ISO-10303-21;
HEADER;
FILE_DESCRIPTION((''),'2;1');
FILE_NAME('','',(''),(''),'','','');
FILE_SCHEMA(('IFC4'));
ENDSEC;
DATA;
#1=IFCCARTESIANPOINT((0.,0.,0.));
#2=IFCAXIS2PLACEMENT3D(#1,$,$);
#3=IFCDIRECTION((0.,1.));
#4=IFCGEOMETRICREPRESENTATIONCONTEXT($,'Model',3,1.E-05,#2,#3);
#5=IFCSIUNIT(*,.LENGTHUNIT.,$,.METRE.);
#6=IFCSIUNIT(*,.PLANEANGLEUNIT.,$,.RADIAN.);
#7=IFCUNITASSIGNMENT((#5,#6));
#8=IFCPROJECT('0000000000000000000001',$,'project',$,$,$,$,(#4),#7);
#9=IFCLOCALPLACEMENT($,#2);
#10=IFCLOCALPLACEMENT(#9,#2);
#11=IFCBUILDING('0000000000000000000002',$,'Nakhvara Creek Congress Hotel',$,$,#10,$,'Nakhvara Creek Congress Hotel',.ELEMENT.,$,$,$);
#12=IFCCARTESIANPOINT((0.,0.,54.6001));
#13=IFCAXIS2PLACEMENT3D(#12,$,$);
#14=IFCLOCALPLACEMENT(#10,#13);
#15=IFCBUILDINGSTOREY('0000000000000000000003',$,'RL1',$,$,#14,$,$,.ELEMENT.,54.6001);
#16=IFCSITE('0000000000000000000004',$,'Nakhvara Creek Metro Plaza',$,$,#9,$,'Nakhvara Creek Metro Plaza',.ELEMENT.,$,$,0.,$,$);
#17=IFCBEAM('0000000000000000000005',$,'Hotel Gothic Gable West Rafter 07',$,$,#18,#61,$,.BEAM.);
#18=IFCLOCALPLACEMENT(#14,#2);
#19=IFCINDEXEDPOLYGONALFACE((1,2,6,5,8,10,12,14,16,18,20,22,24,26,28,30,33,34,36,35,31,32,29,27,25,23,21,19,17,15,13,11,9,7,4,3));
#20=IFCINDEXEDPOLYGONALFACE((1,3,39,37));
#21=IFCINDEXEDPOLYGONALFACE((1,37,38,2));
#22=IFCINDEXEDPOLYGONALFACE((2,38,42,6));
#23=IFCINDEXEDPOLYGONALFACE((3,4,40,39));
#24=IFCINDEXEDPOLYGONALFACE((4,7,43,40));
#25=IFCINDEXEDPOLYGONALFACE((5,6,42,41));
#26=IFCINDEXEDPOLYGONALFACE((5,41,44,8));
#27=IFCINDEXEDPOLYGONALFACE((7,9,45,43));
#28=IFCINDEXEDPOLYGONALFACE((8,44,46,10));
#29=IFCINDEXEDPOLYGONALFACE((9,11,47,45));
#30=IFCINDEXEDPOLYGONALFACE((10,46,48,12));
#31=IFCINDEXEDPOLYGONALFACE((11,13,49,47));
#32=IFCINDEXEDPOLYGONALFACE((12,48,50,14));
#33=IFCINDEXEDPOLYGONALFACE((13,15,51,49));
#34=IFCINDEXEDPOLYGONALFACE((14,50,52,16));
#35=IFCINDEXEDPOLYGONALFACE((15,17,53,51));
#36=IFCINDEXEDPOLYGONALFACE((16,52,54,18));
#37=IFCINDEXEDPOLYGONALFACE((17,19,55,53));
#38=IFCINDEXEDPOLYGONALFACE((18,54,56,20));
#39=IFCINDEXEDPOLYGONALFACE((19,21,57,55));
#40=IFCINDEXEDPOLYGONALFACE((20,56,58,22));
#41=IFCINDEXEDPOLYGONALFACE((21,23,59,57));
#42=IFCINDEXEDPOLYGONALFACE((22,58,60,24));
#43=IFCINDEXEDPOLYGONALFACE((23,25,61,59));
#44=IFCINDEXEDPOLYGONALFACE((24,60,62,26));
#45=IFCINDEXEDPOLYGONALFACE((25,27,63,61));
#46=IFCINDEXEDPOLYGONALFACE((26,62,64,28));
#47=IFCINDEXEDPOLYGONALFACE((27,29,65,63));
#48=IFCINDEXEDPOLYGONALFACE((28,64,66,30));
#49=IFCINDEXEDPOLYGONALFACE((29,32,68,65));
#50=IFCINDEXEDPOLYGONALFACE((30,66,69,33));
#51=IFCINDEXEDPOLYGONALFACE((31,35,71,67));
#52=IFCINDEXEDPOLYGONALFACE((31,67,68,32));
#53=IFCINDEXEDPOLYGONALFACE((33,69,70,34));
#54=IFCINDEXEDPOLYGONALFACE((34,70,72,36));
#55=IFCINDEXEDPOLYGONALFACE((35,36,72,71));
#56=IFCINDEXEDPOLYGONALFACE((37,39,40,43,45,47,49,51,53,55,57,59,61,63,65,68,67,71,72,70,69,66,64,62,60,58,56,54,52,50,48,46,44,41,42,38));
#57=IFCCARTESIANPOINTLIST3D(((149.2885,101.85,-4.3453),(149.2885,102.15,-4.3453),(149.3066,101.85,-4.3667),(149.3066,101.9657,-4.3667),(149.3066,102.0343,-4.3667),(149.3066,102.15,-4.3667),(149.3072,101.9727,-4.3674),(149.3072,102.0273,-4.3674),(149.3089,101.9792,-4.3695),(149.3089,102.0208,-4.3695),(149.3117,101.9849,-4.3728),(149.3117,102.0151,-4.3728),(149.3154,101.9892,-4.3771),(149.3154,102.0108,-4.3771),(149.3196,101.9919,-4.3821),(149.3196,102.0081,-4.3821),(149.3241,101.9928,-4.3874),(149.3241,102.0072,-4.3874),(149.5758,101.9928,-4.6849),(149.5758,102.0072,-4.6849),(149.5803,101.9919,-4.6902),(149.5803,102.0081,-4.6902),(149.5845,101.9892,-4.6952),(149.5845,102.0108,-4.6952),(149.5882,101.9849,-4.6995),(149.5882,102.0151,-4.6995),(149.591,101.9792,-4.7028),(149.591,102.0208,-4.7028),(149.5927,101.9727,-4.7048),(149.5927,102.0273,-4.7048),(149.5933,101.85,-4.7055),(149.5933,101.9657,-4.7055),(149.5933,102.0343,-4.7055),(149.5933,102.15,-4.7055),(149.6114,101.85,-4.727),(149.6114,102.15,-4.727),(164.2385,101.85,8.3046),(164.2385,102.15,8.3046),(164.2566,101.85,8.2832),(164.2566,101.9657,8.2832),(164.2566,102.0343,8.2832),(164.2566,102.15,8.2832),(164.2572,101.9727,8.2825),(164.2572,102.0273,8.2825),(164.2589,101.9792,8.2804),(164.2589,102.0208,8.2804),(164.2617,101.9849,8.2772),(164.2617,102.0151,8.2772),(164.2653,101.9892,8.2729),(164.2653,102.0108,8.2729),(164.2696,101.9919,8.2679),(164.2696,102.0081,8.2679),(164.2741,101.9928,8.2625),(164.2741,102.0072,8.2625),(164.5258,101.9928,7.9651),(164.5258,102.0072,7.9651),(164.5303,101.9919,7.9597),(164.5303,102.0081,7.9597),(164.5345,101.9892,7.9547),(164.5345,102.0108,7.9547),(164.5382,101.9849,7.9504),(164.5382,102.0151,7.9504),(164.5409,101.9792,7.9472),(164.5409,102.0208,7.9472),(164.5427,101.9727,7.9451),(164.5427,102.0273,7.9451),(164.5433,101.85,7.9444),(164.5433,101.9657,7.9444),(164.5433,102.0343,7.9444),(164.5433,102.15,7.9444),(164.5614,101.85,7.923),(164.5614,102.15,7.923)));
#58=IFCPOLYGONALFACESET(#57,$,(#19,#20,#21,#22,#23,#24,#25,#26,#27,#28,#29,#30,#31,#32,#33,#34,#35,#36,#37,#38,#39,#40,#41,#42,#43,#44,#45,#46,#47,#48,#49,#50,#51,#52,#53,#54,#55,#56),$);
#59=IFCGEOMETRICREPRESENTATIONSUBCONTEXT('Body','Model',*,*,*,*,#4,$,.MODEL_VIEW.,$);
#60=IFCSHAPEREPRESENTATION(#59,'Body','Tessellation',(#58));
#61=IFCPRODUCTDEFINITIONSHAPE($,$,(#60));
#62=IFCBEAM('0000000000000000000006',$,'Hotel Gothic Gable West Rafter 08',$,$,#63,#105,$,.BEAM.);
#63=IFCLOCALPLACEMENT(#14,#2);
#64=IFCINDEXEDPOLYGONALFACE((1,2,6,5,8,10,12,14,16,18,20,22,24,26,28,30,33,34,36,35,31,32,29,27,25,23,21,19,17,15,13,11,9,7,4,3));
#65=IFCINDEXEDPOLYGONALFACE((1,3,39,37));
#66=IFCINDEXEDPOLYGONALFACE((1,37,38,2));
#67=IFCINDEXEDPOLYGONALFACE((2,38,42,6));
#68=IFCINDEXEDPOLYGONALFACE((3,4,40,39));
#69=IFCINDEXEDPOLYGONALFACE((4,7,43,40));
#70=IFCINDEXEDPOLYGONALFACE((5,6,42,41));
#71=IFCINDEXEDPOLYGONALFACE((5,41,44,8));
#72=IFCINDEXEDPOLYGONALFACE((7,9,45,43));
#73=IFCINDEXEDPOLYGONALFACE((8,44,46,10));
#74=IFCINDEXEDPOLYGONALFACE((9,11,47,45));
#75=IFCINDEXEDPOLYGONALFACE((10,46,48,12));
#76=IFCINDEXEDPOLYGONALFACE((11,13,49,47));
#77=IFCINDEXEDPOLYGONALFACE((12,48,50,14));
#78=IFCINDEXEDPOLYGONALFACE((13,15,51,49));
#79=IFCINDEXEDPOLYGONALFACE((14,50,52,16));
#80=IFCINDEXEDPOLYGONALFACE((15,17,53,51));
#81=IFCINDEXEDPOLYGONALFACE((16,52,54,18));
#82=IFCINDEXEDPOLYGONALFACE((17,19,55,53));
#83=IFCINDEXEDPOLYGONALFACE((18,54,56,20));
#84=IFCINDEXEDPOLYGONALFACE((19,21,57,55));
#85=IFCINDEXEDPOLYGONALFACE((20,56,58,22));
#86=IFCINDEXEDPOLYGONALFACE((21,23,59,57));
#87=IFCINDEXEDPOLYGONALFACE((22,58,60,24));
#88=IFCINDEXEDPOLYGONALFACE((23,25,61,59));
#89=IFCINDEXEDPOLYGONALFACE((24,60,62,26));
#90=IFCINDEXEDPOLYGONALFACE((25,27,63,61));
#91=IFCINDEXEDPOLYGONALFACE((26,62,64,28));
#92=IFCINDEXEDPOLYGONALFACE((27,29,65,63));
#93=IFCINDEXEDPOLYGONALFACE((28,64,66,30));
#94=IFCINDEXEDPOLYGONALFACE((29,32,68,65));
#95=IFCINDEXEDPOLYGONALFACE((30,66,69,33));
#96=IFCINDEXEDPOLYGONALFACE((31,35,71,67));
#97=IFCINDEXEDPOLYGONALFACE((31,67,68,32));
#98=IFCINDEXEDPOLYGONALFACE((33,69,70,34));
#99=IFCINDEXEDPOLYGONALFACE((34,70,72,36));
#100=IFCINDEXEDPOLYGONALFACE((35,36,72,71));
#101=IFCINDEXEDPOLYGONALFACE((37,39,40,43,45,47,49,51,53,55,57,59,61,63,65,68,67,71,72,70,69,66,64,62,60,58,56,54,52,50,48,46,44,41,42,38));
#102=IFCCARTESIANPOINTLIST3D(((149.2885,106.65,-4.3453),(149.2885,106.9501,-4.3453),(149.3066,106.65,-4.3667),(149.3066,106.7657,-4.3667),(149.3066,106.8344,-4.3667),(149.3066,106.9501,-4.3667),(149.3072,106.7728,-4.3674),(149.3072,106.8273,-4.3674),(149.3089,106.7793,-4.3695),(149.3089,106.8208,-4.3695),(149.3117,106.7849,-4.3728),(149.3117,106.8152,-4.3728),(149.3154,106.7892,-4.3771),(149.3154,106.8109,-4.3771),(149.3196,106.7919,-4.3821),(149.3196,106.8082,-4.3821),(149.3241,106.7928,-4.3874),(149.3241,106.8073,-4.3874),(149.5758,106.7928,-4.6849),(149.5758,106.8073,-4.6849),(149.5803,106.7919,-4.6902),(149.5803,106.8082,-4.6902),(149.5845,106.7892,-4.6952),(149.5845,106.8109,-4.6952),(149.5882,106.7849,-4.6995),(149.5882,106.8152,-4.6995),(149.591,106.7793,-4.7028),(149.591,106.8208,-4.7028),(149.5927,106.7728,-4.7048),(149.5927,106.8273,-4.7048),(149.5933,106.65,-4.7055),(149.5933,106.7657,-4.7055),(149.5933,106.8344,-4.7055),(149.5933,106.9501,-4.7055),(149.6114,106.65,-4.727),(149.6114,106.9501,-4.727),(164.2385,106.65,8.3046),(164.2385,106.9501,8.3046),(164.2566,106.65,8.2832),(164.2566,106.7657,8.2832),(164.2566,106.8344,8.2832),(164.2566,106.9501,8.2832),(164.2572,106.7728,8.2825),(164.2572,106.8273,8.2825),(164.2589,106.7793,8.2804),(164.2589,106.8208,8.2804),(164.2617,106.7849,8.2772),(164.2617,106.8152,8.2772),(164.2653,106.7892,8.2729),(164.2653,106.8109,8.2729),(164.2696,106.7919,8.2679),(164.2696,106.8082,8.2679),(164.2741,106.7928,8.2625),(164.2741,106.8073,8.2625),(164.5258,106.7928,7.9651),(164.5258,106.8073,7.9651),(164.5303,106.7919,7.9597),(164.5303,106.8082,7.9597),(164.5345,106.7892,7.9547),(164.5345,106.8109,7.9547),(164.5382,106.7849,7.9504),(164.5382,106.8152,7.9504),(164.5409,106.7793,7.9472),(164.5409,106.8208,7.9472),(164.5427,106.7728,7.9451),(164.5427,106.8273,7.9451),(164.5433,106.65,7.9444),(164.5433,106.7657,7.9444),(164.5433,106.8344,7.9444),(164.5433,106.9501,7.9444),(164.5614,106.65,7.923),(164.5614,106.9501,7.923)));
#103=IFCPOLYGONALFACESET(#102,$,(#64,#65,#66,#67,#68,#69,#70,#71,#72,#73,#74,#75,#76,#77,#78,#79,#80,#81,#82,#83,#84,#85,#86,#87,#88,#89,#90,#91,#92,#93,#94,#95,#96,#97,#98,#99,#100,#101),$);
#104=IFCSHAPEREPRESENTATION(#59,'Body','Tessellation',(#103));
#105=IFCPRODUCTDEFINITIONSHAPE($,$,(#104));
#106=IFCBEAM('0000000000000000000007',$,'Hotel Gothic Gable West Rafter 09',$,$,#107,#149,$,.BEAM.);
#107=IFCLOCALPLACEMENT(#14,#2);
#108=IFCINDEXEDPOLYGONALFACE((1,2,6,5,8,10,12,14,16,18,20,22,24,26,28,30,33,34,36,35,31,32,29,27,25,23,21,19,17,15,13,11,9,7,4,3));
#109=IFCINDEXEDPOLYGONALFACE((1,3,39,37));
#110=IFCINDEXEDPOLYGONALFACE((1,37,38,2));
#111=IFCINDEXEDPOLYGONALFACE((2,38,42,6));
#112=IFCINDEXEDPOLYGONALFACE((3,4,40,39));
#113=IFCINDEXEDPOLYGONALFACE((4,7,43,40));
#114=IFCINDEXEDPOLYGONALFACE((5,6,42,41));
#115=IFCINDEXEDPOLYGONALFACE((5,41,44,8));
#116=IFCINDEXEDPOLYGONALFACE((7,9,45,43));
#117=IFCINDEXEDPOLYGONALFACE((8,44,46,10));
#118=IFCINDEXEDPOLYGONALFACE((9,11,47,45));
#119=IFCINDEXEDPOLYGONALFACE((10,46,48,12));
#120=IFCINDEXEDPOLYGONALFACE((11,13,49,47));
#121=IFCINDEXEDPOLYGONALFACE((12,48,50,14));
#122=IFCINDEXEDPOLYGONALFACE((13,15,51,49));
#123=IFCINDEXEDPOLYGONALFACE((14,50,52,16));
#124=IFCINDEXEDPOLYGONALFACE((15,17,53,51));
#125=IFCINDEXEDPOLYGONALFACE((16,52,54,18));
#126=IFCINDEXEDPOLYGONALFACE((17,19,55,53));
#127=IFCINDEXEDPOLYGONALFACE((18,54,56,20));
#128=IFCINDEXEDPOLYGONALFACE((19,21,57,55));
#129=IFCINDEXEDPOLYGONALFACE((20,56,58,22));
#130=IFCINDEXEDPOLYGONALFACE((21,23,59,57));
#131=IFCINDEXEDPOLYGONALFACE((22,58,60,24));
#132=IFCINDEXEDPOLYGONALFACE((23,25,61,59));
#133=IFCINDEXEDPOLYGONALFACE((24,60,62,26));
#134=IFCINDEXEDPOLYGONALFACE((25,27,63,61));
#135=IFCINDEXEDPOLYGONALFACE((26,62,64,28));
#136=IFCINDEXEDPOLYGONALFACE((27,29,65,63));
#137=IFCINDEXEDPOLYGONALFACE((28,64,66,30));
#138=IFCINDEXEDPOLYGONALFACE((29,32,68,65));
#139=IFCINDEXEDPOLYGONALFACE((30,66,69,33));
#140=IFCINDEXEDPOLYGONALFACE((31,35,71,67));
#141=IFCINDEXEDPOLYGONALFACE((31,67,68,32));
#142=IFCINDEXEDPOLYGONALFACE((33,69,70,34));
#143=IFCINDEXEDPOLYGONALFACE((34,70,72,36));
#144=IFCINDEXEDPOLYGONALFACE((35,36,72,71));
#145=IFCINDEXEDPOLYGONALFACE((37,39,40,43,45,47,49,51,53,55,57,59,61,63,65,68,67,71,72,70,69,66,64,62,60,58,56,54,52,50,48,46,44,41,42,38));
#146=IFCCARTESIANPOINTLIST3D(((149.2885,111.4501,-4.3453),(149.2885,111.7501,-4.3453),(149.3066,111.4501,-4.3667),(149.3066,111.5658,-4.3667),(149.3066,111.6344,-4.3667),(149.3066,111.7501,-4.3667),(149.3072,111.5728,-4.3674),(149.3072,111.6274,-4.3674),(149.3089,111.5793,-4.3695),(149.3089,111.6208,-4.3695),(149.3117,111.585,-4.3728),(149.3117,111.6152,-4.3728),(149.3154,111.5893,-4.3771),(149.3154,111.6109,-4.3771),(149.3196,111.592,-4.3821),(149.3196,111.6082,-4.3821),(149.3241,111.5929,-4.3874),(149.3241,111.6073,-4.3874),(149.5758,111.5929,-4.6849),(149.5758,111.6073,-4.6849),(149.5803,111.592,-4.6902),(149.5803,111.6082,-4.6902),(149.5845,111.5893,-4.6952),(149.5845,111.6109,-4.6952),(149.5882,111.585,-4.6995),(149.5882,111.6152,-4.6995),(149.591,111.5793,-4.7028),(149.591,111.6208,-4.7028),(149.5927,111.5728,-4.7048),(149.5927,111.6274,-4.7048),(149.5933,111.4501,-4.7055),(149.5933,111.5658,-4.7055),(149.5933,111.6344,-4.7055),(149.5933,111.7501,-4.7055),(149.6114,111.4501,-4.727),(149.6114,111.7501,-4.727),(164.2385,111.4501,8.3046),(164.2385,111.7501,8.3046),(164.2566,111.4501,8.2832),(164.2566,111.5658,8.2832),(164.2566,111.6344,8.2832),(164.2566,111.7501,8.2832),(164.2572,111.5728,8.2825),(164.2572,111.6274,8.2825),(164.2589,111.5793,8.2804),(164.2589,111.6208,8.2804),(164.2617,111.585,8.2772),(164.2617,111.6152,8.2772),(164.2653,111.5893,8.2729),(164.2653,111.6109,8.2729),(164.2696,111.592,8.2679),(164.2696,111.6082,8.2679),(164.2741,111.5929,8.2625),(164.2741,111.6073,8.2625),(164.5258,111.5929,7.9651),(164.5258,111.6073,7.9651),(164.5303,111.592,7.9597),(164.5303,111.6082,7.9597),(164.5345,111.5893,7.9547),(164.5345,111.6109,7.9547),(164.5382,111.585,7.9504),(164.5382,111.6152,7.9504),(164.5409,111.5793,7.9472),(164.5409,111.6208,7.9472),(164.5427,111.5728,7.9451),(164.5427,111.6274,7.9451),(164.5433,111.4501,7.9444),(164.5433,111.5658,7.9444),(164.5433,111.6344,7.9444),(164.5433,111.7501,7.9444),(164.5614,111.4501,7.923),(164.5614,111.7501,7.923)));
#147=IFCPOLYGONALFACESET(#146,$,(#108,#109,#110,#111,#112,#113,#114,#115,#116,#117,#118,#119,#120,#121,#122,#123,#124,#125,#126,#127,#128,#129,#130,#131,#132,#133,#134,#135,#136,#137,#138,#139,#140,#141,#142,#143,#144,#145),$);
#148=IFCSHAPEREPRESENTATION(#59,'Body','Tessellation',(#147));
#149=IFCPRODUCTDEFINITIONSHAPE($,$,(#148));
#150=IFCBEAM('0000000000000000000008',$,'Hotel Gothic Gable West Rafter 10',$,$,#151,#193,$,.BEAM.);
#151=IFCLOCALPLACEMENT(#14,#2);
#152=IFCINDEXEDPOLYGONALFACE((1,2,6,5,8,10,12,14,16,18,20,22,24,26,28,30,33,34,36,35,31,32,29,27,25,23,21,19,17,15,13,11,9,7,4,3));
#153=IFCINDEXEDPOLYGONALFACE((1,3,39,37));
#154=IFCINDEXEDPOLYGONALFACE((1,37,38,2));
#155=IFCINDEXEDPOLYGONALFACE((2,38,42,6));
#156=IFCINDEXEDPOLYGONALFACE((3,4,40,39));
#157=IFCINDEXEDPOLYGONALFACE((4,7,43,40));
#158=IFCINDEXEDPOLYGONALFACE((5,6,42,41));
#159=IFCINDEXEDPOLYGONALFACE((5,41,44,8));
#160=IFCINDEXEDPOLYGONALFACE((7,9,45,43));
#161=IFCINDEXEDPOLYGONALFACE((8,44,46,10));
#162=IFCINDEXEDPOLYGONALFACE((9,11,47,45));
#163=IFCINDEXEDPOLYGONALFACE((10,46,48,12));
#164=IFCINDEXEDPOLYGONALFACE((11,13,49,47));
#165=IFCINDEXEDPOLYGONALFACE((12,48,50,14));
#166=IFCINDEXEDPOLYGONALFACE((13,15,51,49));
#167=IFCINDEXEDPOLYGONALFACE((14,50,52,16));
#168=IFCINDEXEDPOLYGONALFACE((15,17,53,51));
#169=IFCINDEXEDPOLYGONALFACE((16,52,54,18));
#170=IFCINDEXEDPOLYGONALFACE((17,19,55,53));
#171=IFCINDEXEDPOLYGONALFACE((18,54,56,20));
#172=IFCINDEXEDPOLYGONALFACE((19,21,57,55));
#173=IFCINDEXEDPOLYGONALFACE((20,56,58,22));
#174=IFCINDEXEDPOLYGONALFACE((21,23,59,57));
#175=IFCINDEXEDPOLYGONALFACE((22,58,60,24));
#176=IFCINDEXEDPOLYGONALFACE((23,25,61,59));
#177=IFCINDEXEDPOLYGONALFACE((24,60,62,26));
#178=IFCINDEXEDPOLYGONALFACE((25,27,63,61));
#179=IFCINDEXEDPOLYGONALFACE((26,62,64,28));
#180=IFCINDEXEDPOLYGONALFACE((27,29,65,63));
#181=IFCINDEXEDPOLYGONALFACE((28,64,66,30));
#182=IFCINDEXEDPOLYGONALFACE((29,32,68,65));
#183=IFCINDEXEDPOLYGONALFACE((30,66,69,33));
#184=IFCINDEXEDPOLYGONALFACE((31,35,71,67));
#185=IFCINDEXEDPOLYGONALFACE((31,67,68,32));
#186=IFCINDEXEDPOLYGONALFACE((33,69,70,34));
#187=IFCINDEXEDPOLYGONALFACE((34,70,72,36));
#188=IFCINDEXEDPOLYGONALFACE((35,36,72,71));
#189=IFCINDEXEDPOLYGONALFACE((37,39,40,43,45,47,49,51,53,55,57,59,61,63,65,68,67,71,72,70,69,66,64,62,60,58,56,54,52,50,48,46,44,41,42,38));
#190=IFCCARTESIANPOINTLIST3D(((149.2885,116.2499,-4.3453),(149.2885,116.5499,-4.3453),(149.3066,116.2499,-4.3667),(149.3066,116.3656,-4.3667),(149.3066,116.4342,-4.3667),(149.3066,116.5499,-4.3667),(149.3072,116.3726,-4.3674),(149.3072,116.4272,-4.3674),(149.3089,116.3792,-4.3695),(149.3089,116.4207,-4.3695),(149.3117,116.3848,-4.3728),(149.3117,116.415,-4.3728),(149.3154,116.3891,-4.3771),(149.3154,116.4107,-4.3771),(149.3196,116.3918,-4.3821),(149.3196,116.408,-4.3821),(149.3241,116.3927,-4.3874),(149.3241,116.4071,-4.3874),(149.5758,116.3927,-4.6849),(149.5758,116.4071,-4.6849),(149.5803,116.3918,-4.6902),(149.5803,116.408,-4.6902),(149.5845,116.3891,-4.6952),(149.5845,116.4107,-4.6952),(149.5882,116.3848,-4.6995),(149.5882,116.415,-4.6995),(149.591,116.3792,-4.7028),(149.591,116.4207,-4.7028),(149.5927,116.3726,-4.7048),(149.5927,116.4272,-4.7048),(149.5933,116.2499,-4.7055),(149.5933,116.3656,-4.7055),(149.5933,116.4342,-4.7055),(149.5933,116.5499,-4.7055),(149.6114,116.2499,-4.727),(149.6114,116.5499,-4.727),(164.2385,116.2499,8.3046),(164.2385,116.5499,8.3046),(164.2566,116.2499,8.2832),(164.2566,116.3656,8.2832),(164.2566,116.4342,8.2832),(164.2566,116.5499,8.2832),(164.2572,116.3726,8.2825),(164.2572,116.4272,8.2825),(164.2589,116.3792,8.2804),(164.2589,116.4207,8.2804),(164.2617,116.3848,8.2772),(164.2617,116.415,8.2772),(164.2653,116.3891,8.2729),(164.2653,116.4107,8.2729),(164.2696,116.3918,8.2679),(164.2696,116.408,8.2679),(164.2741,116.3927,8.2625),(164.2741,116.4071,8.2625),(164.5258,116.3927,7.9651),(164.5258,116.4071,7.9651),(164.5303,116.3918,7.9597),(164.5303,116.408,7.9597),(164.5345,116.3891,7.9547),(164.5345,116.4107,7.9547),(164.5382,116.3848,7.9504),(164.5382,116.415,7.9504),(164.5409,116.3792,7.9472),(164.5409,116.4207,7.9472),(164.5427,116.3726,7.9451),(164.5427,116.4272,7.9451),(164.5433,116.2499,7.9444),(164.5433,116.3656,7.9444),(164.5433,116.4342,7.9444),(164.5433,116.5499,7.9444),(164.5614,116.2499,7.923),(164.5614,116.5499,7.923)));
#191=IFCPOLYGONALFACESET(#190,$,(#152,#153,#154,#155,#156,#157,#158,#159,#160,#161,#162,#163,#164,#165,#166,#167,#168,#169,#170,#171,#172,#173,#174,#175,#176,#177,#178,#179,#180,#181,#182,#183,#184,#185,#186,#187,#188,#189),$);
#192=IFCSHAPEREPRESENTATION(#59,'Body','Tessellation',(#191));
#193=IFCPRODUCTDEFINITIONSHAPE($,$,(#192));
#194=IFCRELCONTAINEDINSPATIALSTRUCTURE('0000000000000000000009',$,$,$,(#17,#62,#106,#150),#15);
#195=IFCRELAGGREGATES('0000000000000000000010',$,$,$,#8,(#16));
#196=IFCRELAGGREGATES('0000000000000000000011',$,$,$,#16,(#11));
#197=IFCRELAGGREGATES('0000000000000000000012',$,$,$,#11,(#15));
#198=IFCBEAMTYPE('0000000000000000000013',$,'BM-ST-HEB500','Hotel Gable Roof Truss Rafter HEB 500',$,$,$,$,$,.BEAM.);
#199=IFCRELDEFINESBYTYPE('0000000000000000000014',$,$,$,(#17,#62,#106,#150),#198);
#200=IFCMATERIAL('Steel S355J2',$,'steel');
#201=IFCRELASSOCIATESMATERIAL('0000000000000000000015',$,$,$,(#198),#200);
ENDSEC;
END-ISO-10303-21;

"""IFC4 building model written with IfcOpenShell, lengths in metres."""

from ifc_helpers import new_model, si_unit, direction, frame, origin, origin_2d, place, context, subcontext, project, spatial, i_section, extrude, material, material_profile, profile_set, type_object, element, save


model = new_model("IFC4")

# Units and contexts
model_context = context("Model", 3, precision=1e-05, world=origin(), true_north=direction((0.0, 1.0)))
body_context = subcontext(model_context, "Body", "Model", "MODEL_VIEW")
ifc_project = project(units=[si_unit("LENGTHUNIT", "METRE"), si_unit("PLANEANGLEUNIT", "RADIAN")], contexts=[model_context])

# Site, building, storey
site_placement = place(None, origin())
site = spatial("IfcSite", under=ifc_project, at=site_placement, Name="Nakhvara Creek Metro Plaza", LongName="Nakhvara Creek Metro Plaza", CompositionType="ELEMENT", RefElevation=0.0)
building_placement = place(site_placement, origin())
building = spatial("IfcBuilding", under=site, at=building_placement, Name="Nakhvara Creek Congress Hotel", LongName="Nakhvara Creek Congress Hotel", CompositionType="ELEMENT")
storey_placement = place(building_placement, frame((0.0, 0.0, 54.6001)))
storey = spatial("IfcBuildingStorey", under=building, at=storey_placement, Name="RL1", CompositionType="ELEMENT", Elevation=54.6001)

# Beams
ifc_material_1 = material(Name="Steel S355J2", Category="steel")
ifc_material_profile_1 = material_profile(ifc_material_1, i_section(OverallWidth=0.3, OverallDepth=0.5, WebThickness=0.0144, FlangeThickness=0.0281, FilletRadius=0.0271, at=origin_2d()), Name="HEB 500", Category="LoadBearing")
ifc_profile_set_1 = profile_set([ifc_material_profile_1], Name="Steel S355J2")
beam_type = type_object("IfcBeamType", Name="BM-ST-HEB500", Description="Hotel Gable Roof Truss Rafter HEB 500", PredefinedType="BEAM", material=ifc_profile_set_1)
for number, where, z_axis, x_axis, name in (
    (1, (149.45, 102.0, -4.5361), (0.763388, 0.0, 0.645941), (0.0, 1.0, 0.0), "Hotel Gothic Gable West Rafter 07"),
    (2, (149.45, 106.8, -4.5361), (0.763388, 0.0, 0.645941), (0.0, 1.0, 0.0), "Hotel Gothic Gable West Rafter 08"),
    (3, (149.45, 111.6001, -4.5361), (0.763388, 0.0, 0.645941), (0.0, 1.0, 0.0), "Hotel Gothic Gable West Rafter 09"),
    (4, (149.45, 116.3999, -4.5361), (0.763388, 0.0, 0.645941), (0.0, 1.0, 0.0), "Hotel Gothic Gable West Rafter 10"),
):
    element("IfcBeam", number, at=place(storey_placement, frame(where, z_axis=z_axis, x_axis=x_axis)), inside=storey, type_object=beam_type, Name=name, PredefinedType="BEAM", context=body_context, shape_type="SweptSolid", body=[
        extrude(i_section(OverallWidth=0.3, OverallDepth=0.5, WebThickness=0.0144, FlangeThickness=0.0281, FilletRadius=0.0271, at=origin_2d()), origin(), (0.0, 0.0, 1.0), 19.5837),
    ])

save(model, "model.ifc")
